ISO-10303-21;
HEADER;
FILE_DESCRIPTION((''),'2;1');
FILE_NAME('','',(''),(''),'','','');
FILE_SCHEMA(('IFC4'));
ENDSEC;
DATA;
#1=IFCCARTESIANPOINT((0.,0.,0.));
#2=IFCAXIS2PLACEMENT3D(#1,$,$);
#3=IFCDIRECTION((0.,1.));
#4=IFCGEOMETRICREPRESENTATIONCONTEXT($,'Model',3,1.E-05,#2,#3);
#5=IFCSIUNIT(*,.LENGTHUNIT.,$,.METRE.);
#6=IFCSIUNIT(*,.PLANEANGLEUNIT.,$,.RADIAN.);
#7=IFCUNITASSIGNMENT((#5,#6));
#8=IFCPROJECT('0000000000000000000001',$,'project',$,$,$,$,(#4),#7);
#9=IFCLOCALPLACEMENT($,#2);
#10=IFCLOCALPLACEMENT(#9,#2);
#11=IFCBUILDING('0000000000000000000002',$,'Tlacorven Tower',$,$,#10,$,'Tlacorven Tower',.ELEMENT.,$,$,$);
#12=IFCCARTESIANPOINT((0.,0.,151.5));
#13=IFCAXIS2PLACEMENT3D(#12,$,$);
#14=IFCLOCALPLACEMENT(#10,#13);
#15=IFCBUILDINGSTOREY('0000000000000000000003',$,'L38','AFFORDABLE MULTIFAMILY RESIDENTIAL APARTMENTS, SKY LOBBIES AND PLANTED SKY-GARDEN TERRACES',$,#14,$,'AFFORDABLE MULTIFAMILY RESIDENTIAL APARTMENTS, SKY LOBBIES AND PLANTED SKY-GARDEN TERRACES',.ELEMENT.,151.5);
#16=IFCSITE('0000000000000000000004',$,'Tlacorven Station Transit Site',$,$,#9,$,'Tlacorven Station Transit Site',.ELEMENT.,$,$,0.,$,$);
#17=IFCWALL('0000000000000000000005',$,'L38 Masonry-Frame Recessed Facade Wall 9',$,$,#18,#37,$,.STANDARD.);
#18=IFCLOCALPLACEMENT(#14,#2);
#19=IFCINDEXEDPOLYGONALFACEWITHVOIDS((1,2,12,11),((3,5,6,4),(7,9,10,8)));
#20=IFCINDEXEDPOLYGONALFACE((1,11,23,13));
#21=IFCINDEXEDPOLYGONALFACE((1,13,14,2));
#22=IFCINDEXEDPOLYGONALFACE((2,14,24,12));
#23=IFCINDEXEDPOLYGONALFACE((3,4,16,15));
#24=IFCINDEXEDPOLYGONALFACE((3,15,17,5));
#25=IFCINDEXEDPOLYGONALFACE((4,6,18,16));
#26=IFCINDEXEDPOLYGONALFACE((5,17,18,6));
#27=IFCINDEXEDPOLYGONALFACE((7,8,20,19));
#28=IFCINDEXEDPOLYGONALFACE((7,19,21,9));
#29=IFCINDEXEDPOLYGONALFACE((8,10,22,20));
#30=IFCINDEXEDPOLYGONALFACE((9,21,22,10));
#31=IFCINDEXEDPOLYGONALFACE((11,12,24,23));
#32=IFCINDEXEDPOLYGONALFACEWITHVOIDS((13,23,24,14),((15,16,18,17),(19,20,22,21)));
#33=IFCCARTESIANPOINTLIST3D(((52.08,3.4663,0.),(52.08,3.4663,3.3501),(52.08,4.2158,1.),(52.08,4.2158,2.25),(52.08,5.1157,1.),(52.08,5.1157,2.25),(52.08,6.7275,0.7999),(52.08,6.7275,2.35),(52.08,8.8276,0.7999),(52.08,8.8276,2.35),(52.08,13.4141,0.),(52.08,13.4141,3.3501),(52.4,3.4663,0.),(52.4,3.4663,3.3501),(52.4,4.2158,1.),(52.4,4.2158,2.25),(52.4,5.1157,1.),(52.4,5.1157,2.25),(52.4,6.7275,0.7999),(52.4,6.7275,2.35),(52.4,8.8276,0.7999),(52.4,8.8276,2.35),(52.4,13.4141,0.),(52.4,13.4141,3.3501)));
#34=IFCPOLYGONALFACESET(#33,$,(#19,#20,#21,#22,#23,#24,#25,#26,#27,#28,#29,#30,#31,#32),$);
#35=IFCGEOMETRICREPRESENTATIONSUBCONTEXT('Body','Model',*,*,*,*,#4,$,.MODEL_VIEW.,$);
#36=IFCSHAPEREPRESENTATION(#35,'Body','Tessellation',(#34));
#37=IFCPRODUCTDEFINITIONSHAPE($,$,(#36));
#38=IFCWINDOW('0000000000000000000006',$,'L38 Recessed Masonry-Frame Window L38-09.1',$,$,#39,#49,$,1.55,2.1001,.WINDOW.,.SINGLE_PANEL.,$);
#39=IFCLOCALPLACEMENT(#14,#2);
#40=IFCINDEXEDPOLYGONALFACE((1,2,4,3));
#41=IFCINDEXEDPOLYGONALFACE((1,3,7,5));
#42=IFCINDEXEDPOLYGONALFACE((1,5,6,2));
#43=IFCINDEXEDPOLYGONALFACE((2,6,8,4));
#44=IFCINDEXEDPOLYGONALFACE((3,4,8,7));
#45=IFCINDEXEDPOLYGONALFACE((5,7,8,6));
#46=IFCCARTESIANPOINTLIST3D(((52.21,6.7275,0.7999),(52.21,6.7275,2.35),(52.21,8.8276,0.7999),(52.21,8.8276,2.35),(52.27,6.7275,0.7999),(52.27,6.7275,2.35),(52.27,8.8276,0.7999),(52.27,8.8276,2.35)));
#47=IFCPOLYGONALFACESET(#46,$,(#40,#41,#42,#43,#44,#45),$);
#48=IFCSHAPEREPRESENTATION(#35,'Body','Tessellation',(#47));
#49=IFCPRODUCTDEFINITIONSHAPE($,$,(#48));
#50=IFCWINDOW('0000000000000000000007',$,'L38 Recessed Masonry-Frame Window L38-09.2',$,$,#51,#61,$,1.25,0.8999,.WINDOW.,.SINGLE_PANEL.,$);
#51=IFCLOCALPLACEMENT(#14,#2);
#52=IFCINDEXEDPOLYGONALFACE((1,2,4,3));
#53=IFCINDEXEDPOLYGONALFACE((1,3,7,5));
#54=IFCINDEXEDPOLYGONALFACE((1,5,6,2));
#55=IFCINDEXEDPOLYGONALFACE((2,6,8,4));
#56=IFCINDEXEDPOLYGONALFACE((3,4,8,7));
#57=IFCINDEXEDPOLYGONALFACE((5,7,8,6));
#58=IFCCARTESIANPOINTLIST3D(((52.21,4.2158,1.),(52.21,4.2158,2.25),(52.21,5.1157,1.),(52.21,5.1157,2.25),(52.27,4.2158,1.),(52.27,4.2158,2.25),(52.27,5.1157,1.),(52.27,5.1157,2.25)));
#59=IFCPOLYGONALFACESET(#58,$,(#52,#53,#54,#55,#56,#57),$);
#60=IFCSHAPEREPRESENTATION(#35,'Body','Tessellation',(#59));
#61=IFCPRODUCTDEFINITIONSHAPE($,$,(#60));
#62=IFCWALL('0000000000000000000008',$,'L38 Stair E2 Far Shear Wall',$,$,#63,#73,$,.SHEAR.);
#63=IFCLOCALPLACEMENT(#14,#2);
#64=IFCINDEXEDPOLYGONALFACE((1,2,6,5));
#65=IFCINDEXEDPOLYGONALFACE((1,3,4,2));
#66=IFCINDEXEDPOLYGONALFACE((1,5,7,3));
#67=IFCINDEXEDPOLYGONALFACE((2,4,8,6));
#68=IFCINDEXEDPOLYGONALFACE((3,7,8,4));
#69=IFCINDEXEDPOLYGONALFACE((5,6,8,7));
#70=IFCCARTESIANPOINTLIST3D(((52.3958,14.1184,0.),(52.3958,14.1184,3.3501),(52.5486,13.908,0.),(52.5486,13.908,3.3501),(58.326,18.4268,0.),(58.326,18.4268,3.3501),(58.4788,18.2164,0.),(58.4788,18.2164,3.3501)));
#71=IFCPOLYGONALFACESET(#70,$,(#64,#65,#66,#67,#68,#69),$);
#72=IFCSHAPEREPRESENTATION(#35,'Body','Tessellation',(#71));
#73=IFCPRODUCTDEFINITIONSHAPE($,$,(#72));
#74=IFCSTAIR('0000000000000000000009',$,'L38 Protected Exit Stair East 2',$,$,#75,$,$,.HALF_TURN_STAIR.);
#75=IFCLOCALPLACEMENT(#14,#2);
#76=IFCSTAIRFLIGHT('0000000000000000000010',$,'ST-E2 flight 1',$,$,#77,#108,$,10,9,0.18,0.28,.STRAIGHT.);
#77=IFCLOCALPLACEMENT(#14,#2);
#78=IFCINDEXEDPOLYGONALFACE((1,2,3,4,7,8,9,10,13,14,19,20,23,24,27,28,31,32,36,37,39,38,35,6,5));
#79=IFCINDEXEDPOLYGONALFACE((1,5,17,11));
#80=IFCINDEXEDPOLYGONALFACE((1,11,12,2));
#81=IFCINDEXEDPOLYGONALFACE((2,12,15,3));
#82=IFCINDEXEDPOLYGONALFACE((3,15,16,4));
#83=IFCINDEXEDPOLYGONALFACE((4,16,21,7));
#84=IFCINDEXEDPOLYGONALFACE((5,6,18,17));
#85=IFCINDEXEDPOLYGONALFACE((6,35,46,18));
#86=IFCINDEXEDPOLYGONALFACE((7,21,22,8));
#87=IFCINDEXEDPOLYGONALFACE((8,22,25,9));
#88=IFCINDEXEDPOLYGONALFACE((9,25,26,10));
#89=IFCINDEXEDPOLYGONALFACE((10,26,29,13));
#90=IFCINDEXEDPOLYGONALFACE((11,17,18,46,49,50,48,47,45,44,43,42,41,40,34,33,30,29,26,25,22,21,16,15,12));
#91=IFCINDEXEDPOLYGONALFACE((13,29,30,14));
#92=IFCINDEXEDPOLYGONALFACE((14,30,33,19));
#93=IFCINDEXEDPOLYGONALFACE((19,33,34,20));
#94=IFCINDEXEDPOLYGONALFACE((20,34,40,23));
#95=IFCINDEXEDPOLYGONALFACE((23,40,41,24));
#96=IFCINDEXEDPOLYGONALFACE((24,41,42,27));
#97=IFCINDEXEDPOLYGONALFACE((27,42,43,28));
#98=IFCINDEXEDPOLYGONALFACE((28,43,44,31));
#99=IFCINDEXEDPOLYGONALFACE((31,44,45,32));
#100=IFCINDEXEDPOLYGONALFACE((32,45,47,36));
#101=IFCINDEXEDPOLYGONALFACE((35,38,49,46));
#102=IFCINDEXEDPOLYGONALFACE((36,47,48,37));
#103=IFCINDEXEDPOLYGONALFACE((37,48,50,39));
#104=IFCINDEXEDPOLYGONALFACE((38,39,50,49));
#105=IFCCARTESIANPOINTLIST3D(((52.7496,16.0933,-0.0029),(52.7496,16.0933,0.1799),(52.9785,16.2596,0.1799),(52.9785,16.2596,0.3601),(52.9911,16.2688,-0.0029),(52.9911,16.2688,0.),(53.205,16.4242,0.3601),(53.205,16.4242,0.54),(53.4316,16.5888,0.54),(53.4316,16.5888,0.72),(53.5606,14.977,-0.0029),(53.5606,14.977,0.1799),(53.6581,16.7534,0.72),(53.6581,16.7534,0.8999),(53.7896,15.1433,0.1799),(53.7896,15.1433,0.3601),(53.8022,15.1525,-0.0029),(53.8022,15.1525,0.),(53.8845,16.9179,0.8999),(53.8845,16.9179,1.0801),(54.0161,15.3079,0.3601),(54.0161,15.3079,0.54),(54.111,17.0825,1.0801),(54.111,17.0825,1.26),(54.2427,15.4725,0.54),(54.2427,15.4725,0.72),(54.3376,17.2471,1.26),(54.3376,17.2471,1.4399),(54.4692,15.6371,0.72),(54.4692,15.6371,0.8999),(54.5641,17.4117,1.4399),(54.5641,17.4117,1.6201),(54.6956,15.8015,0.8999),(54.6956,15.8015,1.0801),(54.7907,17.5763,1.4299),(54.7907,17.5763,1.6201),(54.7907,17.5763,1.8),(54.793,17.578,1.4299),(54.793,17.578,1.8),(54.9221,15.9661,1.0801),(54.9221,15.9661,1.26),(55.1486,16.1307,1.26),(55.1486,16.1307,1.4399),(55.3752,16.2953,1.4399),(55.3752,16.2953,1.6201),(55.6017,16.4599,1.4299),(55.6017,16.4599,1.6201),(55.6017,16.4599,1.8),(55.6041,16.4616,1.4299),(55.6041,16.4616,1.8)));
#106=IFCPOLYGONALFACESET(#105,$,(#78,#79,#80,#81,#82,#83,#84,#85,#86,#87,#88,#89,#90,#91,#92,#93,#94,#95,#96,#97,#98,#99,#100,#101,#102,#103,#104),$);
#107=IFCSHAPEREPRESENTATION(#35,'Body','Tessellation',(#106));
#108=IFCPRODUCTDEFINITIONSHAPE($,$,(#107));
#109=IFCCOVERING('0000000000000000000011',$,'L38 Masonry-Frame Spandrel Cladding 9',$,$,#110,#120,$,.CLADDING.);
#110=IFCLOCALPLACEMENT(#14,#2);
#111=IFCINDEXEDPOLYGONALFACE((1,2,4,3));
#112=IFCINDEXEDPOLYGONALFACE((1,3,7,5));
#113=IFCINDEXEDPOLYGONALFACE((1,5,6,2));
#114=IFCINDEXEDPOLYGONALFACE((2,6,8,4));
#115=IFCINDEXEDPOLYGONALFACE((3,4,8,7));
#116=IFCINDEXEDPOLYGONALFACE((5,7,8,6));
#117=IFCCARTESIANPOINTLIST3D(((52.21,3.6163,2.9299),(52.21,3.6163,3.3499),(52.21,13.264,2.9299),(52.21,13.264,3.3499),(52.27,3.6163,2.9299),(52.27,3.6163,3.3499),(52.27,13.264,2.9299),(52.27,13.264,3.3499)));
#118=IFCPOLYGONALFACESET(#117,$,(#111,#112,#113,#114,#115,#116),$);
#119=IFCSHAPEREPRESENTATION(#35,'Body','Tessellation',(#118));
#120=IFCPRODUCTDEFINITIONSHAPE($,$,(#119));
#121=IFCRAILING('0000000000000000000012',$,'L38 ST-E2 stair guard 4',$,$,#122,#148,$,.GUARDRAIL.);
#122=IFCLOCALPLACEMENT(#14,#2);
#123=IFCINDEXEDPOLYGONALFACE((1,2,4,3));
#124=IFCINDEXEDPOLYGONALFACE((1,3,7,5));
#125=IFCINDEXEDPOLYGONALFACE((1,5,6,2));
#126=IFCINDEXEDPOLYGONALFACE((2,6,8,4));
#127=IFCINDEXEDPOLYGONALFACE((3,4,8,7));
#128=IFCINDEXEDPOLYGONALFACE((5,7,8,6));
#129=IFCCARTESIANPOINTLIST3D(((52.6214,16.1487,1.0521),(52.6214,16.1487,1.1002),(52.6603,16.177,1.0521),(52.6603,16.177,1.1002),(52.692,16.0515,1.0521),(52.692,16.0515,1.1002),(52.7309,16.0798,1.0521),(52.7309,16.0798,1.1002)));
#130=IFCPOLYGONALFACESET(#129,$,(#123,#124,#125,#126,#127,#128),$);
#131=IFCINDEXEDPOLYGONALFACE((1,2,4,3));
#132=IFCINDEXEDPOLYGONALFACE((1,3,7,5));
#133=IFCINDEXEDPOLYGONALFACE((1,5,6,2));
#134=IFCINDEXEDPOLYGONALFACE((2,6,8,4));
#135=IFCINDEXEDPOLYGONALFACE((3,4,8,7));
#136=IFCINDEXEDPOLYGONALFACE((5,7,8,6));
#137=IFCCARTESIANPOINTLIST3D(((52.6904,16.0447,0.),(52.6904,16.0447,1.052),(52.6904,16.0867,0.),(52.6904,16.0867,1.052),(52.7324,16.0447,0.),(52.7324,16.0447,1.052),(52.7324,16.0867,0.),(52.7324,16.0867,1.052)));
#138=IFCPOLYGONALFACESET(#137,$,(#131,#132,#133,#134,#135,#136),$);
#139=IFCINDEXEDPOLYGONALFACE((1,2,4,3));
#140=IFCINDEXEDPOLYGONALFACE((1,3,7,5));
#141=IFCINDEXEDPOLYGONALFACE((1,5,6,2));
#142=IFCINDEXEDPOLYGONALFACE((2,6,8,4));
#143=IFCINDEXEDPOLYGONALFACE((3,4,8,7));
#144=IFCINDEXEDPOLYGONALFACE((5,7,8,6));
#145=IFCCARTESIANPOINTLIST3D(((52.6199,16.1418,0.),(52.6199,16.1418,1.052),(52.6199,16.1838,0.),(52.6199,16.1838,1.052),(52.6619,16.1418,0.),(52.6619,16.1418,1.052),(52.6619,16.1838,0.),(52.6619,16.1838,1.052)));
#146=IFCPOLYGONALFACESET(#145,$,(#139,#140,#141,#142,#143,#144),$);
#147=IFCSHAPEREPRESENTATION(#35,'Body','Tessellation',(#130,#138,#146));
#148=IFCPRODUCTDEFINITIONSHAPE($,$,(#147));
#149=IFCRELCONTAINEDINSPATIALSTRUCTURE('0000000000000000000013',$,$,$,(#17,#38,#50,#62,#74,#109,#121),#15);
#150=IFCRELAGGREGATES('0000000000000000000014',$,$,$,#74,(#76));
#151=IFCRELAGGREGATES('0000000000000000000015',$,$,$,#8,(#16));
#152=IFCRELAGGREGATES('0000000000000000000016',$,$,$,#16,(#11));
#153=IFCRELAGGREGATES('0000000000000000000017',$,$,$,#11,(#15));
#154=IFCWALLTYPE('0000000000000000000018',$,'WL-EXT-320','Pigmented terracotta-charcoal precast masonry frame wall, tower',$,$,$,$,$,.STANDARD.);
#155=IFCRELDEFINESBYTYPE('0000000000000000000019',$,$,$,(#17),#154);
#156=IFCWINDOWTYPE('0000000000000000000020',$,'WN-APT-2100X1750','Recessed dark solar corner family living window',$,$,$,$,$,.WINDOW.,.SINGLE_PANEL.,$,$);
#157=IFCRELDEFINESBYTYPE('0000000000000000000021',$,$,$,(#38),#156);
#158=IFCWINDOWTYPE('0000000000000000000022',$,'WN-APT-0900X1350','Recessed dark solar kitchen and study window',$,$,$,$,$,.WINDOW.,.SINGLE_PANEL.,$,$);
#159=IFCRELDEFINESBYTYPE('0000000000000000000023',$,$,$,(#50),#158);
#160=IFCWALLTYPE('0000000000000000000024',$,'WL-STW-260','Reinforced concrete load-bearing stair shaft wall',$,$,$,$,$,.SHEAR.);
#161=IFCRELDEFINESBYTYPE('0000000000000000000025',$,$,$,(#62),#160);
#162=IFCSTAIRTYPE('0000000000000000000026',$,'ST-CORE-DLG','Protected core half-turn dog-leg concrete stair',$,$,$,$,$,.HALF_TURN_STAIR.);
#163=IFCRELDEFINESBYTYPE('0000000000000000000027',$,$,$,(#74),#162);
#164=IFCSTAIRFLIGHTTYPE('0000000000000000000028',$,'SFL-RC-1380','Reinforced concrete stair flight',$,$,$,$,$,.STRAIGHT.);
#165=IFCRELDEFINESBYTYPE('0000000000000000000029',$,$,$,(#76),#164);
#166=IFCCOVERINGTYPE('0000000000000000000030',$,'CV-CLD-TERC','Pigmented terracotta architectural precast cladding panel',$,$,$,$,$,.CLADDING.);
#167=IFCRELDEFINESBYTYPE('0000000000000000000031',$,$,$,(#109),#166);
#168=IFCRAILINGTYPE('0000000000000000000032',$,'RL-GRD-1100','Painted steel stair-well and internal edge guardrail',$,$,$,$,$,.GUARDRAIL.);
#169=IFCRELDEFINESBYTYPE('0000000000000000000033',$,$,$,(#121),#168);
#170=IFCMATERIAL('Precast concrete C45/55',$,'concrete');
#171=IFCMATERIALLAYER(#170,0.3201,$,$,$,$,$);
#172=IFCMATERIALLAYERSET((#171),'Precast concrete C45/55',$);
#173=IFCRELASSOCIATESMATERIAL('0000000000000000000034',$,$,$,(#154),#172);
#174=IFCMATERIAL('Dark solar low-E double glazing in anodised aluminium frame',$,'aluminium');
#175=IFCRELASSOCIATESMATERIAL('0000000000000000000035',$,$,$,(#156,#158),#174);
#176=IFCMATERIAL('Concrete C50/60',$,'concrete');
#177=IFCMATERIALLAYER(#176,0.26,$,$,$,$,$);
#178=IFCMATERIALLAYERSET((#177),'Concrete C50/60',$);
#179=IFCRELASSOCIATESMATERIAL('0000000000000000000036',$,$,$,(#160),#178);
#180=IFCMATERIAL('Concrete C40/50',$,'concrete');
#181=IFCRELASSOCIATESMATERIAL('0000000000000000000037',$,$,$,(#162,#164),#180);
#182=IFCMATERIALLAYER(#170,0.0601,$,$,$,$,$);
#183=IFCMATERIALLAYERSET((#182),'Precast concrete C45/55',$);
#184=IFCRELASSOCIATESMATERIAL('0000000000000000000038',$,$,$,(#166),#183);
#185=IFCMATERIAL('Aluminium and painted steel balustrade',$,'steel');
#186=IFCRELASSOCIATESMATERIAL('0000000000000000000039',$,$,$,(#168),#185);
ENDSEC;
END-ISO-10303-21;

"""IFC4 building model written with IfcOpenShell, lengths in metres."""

from ifc_helpers import new_model, si_unit, direction, frame, frame_2d, origin, origin_2d, place, context, subcontext, project, spatial, polyline, rectangle, outline, extrude, source, transform, mapped, material, layer, layer_set, type_object, element, fill, aggregate, save


model = new_model("IFC4")

# Units and contexts
model_context = context("Model", 3, precision=1e-05, world=origin(), true_north=direction((0.0, 1.0)))
body_context = subcontext(model_context, "Body", "Model", "MODEL_VIEW")
ifc_project = project(units=[si_unit("LENGTHUNIT", "METRE"), si_unit("PLANEANGLEUNIT", "RADIAN")], contexts=[model_context])

# Site, building, storey
site_placement = place(None, origin())
site = spatial("IfcSite", under=ifc_project, at=site_placement, Name="Tlacorven Station Transit Site", LongName="Tlacorven Station Transit Site", CompositionType="ELEMENT", RefElevation=0.0)
building_placement = place(site_placement, origin())
building = spatial("IfcBuilding", under=site, at=building_placement, Name="Tlacorven Tower", LongName="Tlacorven Tower", CompositionType="ELEMENT")
storey_placement = place(building_placement, frame((0.0, 0.0, 151.5)))
storey = spatial("IfcBuildingStorey", under=building, at=storey_placement, Name="L38", Description="AFFORDABLE MULTIFAMILY RESIDENTIAL APARTMENTS, SKY LOBBIES AND PLANTED SKY-GARDEN TERRACES", LongName="AFFORDABLE MULTIFAMILY RESIDENTIAL APARTMENTS, SKY LOBBIES AND PLANTED SKY-GARDEN TERRACES", CompositionType="ELEMENT", Elevation=151.5)

# Wall, openings, windows
ifc_material_1 = material(Name="Precast concrete C45/55", Category="concrete")
ifc_layer_1 = layer(ifc_material_1, 0.3201)
ifc_layer_set_1 = layer_set([ifc_layer_1], Name="Precast concrete C45/55")
wall_type_1 = type_object("IfcWallType", Name="WL-EXT-320", Description="Pigmented terracotta-charcoal precast masonry frame wall, tower", PredefinedType="STANDARD", material=ifc_layer_set_1)
wall_1_placement = place(storey_placement, frame((52.24, 13.4141, 0.0), z_axis=(0.0, 0.0, 1.0), x_axis=(0.0, -1.0, 0.0)))
wall_1 = element("IfcWall", 1, at=wall_1_placement, inside=storey, type_object=wall_type_1, Name="L38 Masonry-Frame Recessed Facade Wall 9", PredefinedType="STANDARD", context=body_context, shape_type="SweptSolid", body=[
    extrude(rectangle(XDim=9.9478, YDim=0.3201, at=frame_2d((4.9739, 0.0))), origin(), (0.0, 0.0, 1.0), 3.3501),
])
opening_1_placement = place(wall_1_placement, frame((4.5864, 0.0, 0.8)))
opening_1 = element("IfcOpeningElement", 2, at=opening_1_placement, cuts=wall_1, PredefinedType="OPENING", context=body_context, shape_type="SweptSolid", body=[
    extrude(rectangle(XDim=2.1001, YDim=1.55, at=frame_2d((1.05, 0.7749))), frame((0.0, 0.1699, 0.0), z_axis=(0.0, -1.0, 0.0), x_axis=(1.0, 0.0, 0.0)), (0.0, 0.0, 1.0), 0.3401),
])
opening_2_placement = place(wall_1_placement, frame((8.2983, 0.0, 1.0)))
opening_2 = element("IfcOpeningElement", 3, at=opening_2_placement, cuts=wall_1, PredefinedType="OPENING", context=body_context, shape_type="SweptSolid", body=[
    extrude(rectangle(XDim=0.8999, YDim=1.25, at=frame_2d((0.45, 0.625))), frame((0.0, 0.1699, 0.0), z_axis=(0.0, -1.0, 0.0), x_axis=(1.0, 0.0, 0.0)), (0.0, 0.0, 1.0), 0.3401),
])
ifc_material_2 = material(Name="Dark solar low-E double glazing in anodised aluminium frame", Category="aluminium")
window_type_1 = type_object("IfcWindowType", Name="WN-APT-2100X1750", Description="Recessed dark solar corner family living window", PartitioningType="SINGLE_PANEL", PredefinedType="WINDOW", material=ifc_material_2)
shared_shape_1 = source(origin(), body_context, "Body", "SweptSolid", [
    extrude(rectangle(XDim=2.1001, YDim=1.55, at=frame_2d((1.05, 0.7749))), frame((0.0, 0.03, 0.0), z_axis=(0.0, -1.0, 0.0), x_axis=(1.0, 0.0, 0.0)), (0.0, 0.0, 1.0), 0.0601),
])
window_1_placement = place(opening_1_placement, origin())
window_1 = element("IfcWindow", 4, at=window_1_placement, inside=storey, type_object=window_type_1, Name="L38 Recessed Masonry-Frame Window L38-09.1", OverallHeight=1.55, OverallWidth=2.1001, PartitioningType="SINGLE_PANEL", PredefinedType="WINDOW", context=body_context, shape_type="MappedRepresentation", body=[
    mapped(shared_shape_1, transform((0.0, 0.0, 0.0), scale=1.0)),
])
fill(opening_1, window_1)
window_type_2 = type_object("IfcWindowType", Name="WN-APT-0900X1350", Description="Recessed dark solar kitchen and study window", PartitioningType="SINGLE_PANEL", PredefinedType="WINDOW", material=ifc_material_2)
shared_shape_2 = source(origin(), body_context, "Body", "SweptSolid", [
    extrude(rectangle(XDim=0.8999, YDim=1.25, at=frame_2d((0.45, 0.625))), frame((0.0, 0.03, 0.0), z_axis=(0.0, -1.0, 0.0), x_axis=(1.0, 0.0, 0.0)), (0.0, 0.0, 1.0), 0.0601),
])
window_2_placement = place(opening_2_placement, origin())
window_2 = element("IfcWindow", 5, at=window_2_placement, inside=storey, type_object=window_type_2, Name="L38 Recessed Masonry-Frame Window L38-09.2", OverallHeight=1.25, OverallWidth=0.8999, PartitioningType="SINGLE_PANEL", PredefinedType="WINDOW", context=body_context, shape_type="MappedRepresentation", body=[
    mapped(shared_shape_2, transform((0.0, 0.0, 0.0), scale=1.0)),
])
fill(opening_2, window_2)

# Wall
ifc_material_3 = material(Name="Concrete C50/60", Category="concrete")
ifc_layer_2 = layer(ifc_material_3, 0.26)
ifc_layer_set_2 = layer_set([ifc_layer_2], Name="Concrete C50/60")
wall_type_2 = type_object("IfcWallType", Name="WL-STW-260", Description="Reinforced concrete load-bearing stair shaft wall", PredefinedType="SHEAR", material=ifc_layer_set_2)
wall_2_placement = place(storey_placement, frame((52.4722, 14.0132, 0.0), z_axis=(0.0, 0.0, 1.0), x_axis=(0.809028, 0.58777, 0.0)))
element("IfcWall", 6, at=wall_2_placement, inside=storey, type_object=wall_type_2, Name="L38 Stair E2 Far Shear Wall", PredefinedType="SHEAR", context=body_context, shape_type="SweptSolid", body=[
    extrude(rectangle(XDim=7.3301, YDim=0.26, at=frame_2d((3.665, 0.0))), origin(), (0.0, 0.0, 1.0), 3.3501),
])

# Stair, stair flight
ifc_material_4 = material(Name="Concrete C40/50", Category="concrete")
stair_type = type_object("IfcStairType", Name="ST-CORE-DLG", Description="Protected core half-turn dog-leg concrete stair", PredefinedType="HALF_TURN_STAIR", material=ifc_material_4)
stair_placement = place(storey_placement, origin())
stair = element("IfcStair", 7, at=stair_placement, inside=storey, type_object=stair_type, Name="L38 Protected Exit Stair East 2", PredefinedType="HALF_TURN_STAIR")
stair_flight_type = type_object("IfcStairFlightType", Name="SFL-RC-1380", Description="Reinforced concrete stair flight", PredefinedType="STRAIGHT", material=ifc_material_4)
shared_shape_3 = source(origin(), body_context, "Body", "SweptSolid", [
    extrude(outline(polyline([(-0.0029, -0.0029), (-0.0029, 0.1799), (0.28, 0.1799), (0.28, 0.3601), (0.5601, 0.3601), (0.5601, 0.54), (0.8401, 0.54), (0.8401, 0.72), (1.1201, 0.72), (1.1201, 0.8999), (1.3999, 0.8999), (1.3999, 1.0801), (1.6799, 1.0801), (1.6799, 1.26), (1.96, 1.26), (1.96, 1.4399), (2.24, 1.4399), (2.24, 1.6201), (2.52, 1.6201), (2.52, 1.8), (2.5229, 1.8), (2.5229, 1.4299), (2.52, 1.4299), (0.2957, 0.0), (0.2957, -0.0029), (-0.0029, -0.0029)])), frame((0.0, 0.6899, 0.0), z_axis=(0.0, -1.0, 0.0), x_axis=(1.0, 0.0, 0.0)), (0.0, 0.0, 1.0), 1.3799),
])
stair_flight_placement = place(storey_placement, frame((53.1575, 15.5369, 0.0), z_axis=(0.0, 0.0, 1.0), x_axis=(0.809017, 0.587785, 0.0)))
stair_flight = element("IfcStairFlight", 8, at=stair_flight_placement, type_object=stair_flight_type, Name="ST-E2 flight 1", NumberOfRisers=10, NumberOfTreads=9, PredefinedType="STRAIGHT", RiserHeight=0.18, TreadLength=0.28, context=body_context, shape_type="MappedRepresentation", body=[
    mapped(shared_shape_3, transform((0.0, 0.0, 0.0), scale=1.0)),
])
aggregate(stair, [stair_flight])

# Covering
ifc_layer_3 = layer(ifc_material_1, 0.0601)
ifc_layer_set_3 = layer_set([ifc_layer_3], Name="Precast concrete C45/55")
covering_type = type_object("IfcCoveringType", Name="CV-CLD-TERC", Description="Pigmented terracotta architectural precast cladding panel", PredefinedType="CLADDING", material=ifc_layer_set_3)
shared_shape_4 = source(origin(), body_context, "Body", "SweptSolid", [
    extrude(rectangle(XDim=9.6477, YDim=0.0601, at=origin_2d()), origin(), (0.0, 0.0, 1.0), 0.4199),
])
covering_placement = place(storey_placement, frame((52.24, 8.4402, 2.9299), z_axis=(0.0, 0.0, 1.0), x_axis=(0.0, -1.0, 0.0)))
element("IfcCovering", 9, at=covering_placement, inside=storey, type_object=covering_type, Name="L38 Masonry-Frame Spandrel Cladding 9", PredefinedType="CLADDING", context=body_context, shape_type="MappedRepresentation", body=[
    mapped(shared_shape_4, transform((0.0, 0.0, 0.0), scale=1.0)),
])

# Railing
ifc_material_5 = material(Name="Aluminium and painted steel balustrade", Category="steel")
railing_type_1 = type_object("IfcRailingType", Name="RL-GRD-1100", Description="Painted steel stair-well and internal edge guardrail", PredefinedType="GUARDRAIL", material=ifc_material_5)
shared_shape_5 = source(origin(), body_context, "Body", "SweptSolid", [
    extrude(rectangle(XDim=0.0481, YDim=0.0481, at=origin_2d()), frame((0.0, 0.0, 1.0762), z_axis=(-0.587567, 0.809175, 0.0), x_axis=(-0.809175, -0.587567, 0.0)), (0.0, 0.0, 1.0), 0.1201),
    extrude(rectangle(XDim=0.042, YDim=0.042, at=origin_2d()), origin(), (0.0, 0.0, 1.0), 1.052),
    extrude(rectangle(XDim=0.042, YDim=0.042, at=origin_2d()), frame((-0.0706, 0.0972, 0.0)), (0.0, 0.0, 1.0), 1.052),
])
railing_1_placement = place(storey_placement, frame((52.7114, 16.0657, 0.0)))
element("IfcRailing", 10, at=railing_1_placement, inside=storey, type_object=railing_type_1, Name="L38 ST-E2 stair guard 4", PredefinedType="GUARDRAIL", context=body_context, shape_type="MappedRepresentation", body=[
    mapped(shared_shape_5, transform((0.0, 0.0, 0.0), scale=1.0)),
])

save(model, "model.ifc")
